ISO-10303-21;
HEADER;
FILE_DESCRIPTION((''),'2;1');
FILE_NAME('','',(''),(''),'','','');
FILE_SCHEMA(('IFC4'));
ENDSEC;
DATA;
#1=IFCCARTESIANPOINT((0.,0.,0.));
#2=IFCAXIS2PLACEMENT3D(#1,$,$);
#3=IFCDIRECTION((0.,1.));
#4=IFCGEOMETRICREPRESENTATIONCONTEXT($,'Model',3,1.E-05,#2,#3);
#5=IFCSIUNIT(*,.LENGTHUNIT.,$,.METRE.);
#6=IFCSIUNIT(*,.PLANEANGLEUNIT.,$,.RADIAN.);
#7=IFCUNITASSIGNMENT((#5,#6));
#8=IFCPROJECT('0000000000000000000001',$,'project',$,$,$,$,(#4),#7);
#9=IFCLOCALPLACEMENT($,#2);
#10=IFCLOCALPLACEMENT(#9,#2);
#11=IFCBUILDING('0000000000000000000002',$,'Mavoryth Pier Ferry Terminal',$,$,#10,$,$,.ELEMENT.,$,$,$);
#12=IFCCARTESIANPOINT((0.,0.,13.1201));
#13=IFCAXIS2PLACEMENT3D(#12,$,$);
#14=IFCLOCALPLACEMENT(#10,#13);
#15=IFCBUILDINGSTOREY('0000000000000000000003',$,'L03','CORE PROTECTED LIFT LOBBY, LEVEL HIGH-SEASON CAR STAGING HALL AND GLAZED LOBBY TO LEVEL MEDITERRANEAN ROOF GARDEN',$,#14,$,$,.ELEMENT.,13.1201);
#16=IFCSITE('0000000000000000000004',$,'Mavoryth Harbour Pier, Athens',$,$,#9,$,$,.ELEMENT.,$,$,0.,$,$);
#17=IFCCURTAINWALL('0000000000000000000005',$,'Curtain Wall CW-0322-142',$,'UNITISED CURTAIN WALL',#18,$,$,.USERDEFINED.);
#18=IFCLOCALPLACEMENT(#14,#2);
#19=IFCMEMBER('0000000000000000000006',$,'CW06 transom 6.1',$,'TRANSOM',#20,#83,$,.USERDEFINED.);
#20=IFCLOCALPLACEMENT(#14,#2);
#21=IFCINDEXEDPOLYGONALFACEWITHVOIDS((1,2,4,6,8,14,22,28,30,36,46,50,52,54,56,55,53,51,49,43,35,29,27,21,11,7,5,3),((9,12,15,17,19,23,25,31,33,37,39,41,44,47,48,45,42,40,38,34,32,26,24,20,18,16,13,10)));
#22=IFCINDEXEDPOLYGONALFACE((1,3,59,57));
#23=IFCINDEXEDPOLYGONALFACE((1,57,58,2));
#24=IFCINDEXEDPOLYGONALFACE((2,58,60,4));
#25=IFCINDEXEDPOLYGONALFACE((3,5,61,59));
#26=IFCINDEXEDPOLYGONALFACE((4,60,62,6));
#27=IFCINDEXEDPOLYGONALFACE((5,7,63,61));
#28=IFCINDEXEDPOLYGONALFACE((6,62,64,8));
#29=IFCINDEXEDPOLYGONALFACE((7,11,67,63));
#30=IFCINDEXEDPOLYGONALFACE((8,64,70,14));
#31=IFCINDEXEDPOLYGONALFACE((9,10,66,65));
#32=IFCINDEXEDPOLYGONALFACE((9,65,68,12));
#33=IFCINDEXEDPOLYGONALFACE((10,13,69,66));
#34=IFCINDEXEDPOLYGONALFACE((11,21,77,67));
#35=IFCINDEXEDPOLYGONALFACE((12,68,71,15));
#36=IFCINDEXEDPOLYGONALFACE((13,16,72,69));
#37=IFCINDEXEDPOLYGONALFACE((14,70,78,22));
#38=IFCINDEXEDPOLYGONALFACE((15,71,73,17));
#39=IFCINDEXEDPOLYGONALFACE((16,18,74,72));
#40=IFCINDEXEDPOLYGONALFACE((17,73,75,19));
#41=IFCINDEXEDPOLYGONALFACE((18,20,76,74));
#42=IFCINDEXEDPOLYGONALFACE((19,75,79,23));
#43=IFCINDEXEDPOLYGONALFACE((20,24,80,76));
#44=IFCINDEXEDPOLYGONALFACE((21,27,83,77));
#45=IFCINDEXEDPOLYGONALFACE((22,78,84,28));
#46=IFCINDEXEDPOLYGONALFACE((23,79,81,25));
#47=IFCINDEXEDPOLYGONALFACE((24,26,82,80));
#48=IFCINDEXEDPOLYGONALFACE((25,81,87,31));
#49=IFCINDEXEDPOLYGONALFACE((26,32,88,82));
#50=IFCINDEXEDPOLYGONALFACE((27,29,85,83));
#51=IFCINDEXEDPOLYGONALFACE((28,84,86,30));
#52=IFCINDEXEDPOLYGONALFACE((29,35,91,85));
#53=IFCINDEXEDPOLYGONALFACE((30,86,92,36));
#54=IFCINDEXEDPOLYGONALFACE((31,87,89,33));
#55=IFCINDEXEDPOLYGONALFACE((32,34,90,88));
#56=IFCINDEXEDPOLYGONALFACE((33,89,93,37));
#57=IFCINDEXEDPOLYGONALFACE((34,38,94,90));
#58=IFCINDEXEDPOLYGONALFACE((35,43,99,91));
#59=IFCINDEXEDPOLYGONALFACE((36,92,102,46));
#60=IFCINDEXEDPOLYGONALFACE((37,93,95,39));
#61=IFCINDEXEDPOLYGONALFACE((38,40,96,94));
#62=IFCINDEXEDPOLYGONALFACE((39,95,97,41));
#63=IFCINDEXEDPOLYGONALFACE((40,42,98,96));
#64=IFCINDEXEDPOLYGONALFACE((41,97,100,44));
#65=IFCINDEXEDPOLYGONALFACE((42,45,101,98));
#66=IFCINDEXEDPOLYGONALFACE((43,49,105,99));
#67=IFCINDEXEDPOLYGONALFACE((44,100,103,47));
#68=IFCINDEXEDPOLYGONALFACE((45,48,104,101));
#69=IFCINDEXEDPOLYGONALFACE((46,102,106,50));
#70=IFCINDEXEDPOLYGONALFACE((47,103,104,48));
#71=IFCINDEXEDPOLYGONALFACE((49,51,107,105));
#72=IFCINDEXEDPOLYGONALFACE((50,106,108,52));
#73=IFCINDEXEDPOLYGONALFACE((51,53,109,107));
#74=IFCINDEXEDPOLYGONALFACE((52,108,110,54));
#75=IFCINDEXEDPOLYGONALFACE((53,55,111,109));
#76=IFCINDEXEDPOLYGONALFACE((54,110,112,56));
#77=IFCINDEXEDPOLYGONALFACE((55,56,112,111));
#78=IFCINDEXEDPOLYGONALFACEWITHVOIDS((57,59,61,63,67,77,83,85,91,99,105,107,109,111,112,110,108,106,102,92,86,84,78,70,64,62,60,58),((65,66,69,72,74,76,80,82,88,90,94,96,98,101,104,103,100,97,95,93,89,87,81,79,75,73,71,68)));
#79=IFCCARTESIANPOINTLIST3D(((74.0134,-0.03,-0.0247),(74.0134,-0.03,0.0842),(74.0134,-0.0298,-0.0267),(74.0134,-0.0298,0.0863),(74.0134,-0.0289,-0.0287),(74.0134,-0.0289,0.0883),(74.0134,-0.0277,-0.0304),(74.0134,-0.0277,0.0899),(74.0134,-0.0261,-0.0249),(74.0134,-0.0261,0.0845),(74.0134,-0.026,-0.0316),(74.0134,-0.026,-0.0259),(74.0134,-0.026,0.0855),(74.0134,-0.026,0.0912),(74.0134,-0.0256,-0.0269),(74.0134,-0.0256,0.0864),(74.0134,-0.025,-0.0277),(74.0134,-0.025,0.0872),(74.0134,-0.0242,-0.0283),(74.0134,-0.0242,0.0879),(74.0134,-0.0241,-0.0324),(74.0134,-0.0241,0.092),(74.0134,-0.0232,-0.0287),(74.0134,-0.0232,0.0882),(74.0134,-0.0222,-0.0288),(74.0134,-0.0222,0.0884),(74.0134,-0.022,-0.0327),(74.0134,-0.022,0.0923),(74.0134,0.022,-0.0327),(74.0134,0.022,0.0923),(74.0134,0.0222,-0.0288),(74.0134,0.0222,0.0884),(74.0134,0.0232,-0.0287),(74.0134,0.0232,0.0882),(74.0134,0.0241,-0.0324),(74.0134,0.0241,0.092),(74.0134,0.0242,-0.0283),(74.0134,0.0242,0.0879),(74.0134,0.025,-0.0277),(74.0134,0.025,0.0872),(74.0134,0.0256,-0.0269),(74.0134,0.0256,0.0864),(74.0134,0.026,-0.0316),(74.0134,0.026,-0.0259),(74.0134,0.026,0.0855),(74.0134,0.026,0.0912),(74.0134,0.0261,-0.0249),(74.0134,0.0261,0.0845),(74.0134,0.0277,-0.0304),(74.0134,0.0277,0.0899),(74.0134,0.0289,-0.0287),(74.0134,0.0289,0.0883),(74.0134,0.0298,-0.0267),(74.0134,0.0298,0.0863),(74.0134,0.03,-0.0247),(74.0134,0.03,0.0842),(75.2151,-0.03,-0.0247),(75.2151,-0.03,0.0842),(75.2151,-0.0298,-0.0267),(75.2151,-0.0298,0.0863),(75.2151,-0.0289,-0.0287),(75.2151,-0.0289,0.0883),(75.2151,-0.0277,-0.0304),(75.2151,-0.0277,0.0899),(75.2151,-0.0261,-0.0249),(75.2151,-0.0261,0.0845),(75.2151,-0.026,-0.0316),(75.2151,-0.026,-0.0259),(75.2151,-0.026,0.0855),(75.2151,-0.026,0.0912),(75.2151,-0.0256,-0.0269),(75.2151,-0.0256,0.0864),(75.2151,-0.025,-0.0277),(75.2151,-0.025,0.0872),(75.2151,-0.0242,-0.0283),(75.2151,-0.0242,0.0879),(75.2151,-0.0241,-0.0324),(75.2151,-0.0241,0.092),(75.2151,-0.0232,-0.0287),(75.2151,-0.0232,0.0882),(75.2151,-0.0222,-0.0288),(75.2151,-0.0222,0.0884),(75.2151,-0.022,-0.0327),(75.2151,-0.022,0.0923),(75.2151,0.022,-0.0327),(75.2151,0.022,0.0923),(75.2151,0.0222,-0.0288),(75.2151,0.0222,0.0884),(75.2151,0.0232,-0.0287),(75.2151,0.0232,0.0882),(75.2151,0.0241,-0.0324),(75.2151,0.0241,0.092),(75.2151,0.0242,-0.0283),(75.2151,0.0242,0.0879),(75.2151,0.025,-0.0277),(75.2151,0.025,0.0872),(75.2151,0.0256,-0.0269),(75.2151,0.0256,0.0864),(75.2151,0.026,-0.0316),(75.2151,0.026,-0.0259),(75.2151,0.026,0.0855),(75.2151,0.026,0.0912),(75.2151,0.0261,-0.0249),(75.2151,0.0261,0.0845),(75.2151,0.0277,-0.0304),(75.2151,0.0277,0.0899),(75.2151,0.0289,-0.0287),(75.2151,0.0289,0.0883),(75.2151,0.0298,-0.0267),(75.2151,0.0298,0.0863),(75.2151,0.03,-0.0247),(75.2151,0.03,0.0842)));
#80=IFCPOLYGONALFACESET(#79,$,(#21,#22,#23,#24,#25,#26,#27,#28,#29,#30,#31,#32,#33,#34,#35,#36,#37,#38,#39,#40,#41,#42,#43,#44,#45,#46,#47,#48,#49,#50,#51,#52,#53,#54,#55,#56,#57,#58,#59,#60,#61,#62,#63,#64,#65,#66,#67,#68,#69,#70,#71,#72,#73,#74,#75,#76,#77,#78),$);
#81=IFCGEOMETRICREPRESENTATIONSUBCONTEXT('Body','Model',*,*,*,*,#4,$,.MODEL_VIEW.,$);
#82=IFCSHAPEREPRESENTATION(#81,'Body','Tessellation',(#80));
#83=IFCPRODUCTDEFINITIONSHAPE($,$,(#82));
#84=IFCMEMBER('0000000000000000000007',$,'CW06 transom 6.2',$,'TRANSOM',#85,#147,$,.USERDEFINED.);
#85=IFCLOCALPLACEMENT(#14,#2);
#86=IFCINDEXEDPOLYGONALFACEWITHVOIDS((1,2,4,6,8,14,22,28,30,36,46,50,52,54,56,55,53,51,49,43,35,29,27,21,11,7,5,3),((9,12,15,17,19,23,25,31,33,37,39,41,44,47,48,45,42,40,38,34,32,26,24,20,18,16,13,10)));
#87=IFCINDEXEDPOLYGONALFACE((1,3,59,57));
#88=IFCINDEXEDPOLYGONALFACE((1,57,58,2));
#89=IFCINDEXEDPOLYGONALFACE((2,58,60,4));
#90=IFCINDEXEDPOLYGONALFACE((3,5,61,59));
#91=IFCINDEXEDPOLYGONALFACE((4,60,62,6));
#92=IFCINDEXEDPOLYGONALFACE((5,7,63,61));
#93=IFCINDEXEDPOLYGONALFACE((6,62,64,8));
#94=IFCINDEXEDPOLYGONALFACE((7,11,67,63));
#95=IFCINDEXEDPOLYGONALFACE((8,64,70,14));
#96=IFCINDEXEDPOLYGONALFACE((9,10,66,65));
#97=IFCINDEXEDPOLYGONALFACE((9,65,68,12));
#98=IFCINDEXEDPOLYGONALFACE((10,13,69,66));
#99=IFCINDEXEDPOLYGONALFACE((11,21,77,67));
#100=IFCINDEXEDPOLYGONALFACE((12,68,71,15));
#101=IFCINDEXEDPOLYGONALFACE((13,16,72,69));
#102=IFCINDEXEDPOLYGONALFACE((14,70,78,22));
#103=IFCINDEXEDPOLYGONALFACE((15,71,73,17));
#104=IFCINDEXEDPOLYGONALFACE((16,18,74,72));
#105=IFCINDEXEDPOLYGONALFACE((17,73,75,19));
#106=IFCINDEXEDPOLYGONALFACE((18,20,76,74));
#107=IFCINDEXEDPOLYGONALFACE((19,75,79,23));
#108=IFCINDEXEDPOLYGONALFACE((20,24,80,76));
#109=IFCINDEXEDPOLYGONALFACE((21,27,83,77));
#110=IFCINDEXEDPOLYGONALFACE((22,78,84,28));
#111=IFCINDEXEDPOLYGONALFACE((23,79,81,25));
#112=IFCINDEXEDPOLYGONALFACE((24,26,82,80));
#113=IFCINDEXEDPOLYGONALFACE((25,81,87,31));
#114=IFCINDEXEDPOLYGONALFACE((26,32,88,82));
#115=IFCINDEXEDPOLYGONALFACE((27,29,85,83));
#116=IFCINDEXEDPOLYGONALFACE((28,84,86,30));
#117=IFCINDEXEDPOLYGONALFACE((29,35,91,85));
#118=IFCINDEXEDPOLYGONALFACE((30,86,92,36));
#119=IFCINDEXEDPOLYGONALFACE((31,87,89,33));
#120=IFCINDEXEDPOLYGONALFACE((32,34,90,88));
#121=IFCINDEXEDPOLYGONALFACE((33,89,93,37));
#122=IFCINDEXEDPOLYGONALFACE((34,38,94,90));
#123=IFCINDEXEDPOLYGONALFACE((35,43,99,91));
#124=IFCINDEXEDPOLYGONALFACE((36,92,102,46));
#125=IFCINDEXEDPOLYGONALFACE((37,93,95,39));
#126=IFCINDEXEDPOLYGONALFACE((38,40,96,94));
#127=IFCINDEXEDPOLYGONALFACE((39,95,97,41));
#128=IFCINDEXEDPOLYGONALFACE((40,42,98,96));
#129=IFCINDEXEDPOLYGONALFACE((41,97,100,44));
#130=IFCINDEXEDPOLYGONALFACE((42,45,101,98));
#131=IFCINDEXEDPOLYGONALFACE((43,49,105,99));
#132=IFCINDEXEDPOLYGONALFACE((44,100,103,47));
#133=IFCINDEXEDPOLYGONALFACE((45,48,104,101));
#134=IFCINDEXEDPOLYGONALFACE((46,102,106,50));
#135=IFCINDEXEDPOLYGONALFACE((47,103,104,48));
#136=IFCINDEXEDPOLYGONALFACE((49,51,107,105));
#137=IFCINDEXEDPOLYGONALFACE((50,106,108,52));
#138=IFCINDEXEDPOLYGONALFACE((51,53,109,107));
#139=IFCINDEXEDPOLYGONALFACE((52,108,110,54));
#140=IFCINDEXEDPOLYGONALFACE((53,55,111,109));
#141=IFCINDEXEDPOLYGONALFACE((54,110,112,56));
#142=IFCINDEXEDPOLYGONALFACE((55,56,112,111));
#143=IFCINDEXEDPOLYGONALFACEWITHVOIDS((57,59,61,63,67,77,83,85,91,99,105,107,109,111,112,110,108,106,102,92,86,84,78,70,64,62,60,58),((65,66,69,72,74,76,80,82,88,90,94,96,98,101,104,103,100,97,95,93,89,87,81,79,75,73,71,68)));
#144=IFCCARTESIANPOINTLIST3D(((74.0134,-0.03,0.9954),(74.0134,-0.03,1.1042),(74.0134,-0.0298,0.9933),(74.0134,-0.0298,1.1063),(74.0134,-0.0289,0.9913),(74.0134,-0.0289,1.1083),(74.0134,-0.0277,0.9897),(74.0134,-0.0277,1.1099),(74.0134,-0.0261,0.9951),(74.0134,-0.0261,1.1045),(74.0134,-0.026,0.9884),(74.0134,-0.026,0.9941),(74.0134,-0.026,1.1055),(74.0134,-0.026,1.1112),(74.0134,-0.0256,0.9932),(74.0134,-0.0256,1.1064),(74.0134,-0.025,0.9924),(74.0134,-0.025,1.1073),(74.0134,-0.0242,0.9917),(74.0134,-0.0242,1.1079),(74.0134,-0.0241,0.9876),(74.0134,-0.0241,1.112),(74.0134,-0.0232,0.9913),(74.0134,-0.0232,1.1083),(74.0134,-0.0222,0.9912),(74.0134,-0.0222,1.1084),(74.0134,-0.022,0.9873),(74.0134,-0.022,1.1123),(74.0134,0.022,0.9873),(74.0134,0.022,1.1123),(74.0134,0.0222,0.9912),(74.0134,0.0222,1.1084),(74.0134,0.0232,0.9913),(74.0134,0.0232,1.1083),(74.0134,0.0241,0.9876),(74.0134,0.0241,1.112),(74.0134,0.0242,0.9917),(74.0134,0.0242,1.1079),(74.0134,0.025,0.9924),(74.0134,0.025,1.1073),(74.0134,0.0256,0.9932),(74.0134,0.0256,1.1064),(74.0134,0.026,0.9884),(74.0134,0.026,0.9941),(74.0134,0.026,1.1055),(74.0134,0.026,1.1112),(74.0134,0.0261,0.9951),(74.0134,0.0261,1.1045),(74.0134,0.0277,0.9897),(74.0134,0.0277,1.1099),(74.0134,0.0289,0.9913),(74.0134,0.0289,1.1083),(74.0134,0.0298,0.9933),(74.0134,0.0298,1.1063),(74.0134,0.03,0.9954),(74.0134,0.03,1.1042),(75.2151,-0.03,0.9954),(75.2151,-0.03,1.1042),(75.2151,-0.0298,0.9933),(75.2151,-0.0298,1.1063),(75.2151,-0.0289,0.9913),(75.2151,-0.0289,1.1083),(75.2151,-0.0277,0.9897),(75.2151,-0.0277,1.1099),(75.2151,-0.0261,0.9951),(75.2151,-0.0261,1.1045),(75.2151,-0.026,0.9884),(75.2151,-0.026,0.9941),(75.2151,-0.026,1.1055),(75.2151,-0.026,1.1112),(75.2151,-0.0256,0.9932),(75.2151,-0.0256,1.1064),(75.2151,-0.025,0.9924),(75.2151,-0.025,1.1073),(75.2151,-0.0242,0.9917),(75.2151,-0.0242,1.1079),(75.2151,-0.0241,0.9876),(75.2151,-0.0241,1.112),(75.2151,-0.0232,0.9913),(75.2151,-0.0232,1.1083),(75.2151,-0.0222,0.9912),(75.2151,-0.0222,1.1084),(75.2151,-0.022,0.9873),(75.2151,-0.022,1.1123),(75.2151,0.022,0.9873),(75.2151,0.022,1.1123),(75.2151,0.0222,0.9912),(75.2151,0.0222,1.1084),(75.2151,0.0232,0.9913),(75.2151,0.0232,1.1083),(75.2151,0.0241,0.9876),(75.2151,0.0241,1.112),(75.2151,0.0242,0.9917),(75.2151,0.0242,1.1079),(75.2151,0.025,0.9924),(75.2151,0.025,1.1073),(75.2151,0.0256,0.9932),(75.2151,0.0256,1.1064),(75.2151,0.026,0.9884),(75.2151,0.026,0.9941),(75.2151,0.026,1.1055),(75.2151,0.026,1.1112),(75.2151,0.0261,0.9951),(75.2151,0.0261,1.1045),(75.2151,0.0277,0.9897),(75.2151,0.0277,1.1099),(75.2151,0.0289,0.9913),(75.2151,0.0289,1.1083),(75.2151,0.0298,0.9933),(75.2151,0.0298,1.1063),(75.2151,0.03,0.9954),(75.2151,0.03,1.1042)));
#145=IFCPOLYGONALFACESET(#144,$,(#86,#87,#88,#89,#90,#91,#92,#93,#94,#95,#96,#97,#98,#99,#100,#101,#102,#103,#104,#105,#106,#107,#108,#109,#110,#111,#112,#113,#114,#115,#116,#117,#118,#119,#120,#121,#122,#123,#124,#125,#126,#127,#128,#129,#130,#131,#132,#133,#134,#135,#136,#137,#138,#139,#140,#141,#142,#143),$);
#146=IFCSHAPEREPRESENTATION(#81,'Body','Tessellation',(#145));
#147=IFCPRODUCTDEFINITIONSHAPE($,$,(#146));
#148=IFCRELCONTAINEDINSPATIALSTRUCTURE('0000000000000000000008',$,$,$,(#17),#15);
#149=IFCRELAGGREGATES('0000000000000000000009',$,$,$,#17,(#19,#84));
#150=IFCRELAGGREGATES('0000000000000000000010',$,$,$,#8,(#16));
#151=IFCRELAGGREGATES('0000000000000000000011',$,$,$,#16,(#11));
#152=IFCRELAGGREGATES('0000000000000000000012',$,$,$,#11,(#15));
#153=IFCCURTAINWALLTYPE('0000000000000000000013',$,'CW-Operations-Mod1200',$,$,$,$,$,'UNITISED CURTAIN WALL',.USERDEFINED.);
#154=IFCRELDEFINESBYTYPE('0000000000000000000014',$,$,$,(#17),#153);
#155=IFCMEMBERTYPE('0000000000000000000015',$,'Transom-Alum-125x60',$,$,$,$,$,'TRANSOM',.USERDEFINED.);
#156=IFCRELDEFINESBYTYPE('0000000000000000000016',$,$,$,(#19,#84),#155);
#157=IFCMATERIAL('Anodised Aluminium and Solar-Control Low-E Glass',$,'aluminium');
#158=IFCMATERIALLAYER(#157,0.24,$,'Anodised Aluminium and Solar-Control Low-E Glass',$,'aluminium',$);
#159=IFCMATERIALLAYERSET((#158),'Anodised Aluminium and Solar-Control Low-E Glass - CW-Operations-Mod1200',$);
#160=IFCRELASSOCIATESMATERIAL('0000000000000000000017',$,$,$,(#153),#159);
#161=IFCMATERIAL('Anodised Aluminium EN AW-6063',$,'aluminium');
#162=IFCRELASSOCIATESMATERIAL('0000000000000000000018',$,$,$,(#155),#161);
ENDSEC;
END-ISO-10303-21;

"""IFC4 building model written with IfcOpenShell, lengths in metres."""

from ifc_helpers import new_model, si_unit, direction, frame, origin, origin_2d, place, context, subcontext, project, spatial, hollow_rectangle, extrude, material, layer, layer_set, material_profile, profile_set, type_object, element, aggregate, save


model = new_model("IFC4")

# Units and contexts
model_context = context("Model", 3, precision=1e-05, world=origin(), true_north=direction((0.0, 1.0)))
body_context = subcontext(model_context, "Body", "Model", "MODEL_VIEW")
ifc_project = project(units=[si_unit("LENGTHUNIT", "METRE"), si_unit("PLANEANGLEUNIT", "RADIAN")], contexts=[model_context])

# Site, building, storey
site_placement = place(None, origin())
site = spatial("IfcSite", under=ifc_project, at=site_placement, Name="Mavoryth Harbour Pier, Athens", CompositionType="ELEMENT", RefElevation=0.0)
building_placement = place(site_placement, origin())
building = spatial("IfcBuilding", under=site, at=building_placement, Name="Mavoryth Pier Ferry Terminal", CompositionType="ELEMENT")
storey_placement = place(building_placement, frame((0.0, 0.0, 13.1201)))
storey = spatial("IfcBuildingStorey", under=building, at=storey_placement, Name="L03", Description="CORE PROTECTED LIFT LOBBY, LEVEL HIGH-SEASON CAR STAGING HALL AND GLAZED LOBBY TO LEVEL MEDITERRANEAN ROOF GARDEN", CompositionType="ELEMENT", Elevation=13.1201)

# Curtain wall, members
ifc_material_1 = material(Name="Anodised Aluminium and Solar-Control Low-E Glass", Category="aluminium")
ifc_layer_1 = layer(ifc_material_1, 0.24, Name="Anodised Aluminium and Solar-Control Low-E Glass", Category="aluminium")
ifc_layer_set_1 = layer_set([ifc_layer_1], Name="Anodised Aluminium and Solar-Control Low-E Glass - CW-Operations-Mod1200")
curtain_wall_type = type_object("IfcCurtainWallType", Name="CW-Operations-Mod1200", ElementType="UNITISED CURTAIN WALL", PredefinedType="USERDEFINED", material=ifc_layer_set_1)
curtain_wall_placement = place(storey_placement, origin())
curtain_wall = element("IfcCurtainWall", 1, at=curtain_wall_placement, inside=storey, type_object=curtain_wall_type, Name="Curtain Wall CW-0322-142", ObjectType="UNITISED CURTAIN WALL", PredefinedType="USERDEFINED")
ifc_material_2 = material(Name="Anodised Aluminium EN AW-6063", Category="aluminium")
ifc_material_profile_1 = material_profile(ifc_material_2, hollow_rectangle(XDim=0.0601, YDim=0.125, WallThickness=0.0039, InnerFilletRadius=0.0039, OuterFilletRadius=0.0081, at=origin_2d()), Name="AL-TRAN 125x60x4", Category="aluminium")
ifc_profile_set_1 = profile_set([ifc_material_profile_1], Name="Anodised Aluminium EN AW-6063 - AL-TRAN 125x60x4")
member_type_1 = type_object("IfcMemberType", Name="Transom-Alum-125x60", ElementType="TRANSOM", PredefinedType="USERDEFINED", material=ifc_profile_set_1)
member_1_placement = place(storey_placement, frame((74.0134, 0.0, 0.0298), z_axis=(1.0, 0.0, 0.0), x_axis=(0.0, 1.0, 0.0)))
member_1 = element("IfcMember", 2, at=member_1_placement, type_object=member_type_1, Name="CW06 transom 6.1", ObjectType="TRANSOM", PredefinedType="USERDEFINED", context=body_context, shape_type="SweptSolid", body=[
    extrude(hollow_rectangle(XDim=0.0601, YDim=0.125, WallThickness=0.0039, InnerFilletRadius=0.0039, OuterFilletRadius=0.0081, at=origin_2d()), origin(), (0.0, 0.0, 1.0), 1.2017),
])
member_2_placement = place(storey_placement, frame((74.0134, 0.0, 1.0498), z_axis=(1.0, 0.0, 0.0), x_axis=(0.0, 1.0, 0.0)))
member_2 = element("IfcMember", 3, at=member_2_placement, type_object=member_type_1, Name="CW06 transom 6.2", ObjectType="TRANSOM", PredefinedType="USERDEFINED", context=body_context, shape_type="SweptSolid", body=[
    extrude(hollow_rectangle(XDim=0.0601, YDim=0.125, WallThickness=0.0039, InnerFilletRadius=0.0039, OuterFilletRadius=0.0081, at=origin_2d()), origin(), (0.0, 0.0, 1.0), 1.2017),
])
aggregate(curtain_wall, [member_1, member_2])

save(model, "model.ifc")
